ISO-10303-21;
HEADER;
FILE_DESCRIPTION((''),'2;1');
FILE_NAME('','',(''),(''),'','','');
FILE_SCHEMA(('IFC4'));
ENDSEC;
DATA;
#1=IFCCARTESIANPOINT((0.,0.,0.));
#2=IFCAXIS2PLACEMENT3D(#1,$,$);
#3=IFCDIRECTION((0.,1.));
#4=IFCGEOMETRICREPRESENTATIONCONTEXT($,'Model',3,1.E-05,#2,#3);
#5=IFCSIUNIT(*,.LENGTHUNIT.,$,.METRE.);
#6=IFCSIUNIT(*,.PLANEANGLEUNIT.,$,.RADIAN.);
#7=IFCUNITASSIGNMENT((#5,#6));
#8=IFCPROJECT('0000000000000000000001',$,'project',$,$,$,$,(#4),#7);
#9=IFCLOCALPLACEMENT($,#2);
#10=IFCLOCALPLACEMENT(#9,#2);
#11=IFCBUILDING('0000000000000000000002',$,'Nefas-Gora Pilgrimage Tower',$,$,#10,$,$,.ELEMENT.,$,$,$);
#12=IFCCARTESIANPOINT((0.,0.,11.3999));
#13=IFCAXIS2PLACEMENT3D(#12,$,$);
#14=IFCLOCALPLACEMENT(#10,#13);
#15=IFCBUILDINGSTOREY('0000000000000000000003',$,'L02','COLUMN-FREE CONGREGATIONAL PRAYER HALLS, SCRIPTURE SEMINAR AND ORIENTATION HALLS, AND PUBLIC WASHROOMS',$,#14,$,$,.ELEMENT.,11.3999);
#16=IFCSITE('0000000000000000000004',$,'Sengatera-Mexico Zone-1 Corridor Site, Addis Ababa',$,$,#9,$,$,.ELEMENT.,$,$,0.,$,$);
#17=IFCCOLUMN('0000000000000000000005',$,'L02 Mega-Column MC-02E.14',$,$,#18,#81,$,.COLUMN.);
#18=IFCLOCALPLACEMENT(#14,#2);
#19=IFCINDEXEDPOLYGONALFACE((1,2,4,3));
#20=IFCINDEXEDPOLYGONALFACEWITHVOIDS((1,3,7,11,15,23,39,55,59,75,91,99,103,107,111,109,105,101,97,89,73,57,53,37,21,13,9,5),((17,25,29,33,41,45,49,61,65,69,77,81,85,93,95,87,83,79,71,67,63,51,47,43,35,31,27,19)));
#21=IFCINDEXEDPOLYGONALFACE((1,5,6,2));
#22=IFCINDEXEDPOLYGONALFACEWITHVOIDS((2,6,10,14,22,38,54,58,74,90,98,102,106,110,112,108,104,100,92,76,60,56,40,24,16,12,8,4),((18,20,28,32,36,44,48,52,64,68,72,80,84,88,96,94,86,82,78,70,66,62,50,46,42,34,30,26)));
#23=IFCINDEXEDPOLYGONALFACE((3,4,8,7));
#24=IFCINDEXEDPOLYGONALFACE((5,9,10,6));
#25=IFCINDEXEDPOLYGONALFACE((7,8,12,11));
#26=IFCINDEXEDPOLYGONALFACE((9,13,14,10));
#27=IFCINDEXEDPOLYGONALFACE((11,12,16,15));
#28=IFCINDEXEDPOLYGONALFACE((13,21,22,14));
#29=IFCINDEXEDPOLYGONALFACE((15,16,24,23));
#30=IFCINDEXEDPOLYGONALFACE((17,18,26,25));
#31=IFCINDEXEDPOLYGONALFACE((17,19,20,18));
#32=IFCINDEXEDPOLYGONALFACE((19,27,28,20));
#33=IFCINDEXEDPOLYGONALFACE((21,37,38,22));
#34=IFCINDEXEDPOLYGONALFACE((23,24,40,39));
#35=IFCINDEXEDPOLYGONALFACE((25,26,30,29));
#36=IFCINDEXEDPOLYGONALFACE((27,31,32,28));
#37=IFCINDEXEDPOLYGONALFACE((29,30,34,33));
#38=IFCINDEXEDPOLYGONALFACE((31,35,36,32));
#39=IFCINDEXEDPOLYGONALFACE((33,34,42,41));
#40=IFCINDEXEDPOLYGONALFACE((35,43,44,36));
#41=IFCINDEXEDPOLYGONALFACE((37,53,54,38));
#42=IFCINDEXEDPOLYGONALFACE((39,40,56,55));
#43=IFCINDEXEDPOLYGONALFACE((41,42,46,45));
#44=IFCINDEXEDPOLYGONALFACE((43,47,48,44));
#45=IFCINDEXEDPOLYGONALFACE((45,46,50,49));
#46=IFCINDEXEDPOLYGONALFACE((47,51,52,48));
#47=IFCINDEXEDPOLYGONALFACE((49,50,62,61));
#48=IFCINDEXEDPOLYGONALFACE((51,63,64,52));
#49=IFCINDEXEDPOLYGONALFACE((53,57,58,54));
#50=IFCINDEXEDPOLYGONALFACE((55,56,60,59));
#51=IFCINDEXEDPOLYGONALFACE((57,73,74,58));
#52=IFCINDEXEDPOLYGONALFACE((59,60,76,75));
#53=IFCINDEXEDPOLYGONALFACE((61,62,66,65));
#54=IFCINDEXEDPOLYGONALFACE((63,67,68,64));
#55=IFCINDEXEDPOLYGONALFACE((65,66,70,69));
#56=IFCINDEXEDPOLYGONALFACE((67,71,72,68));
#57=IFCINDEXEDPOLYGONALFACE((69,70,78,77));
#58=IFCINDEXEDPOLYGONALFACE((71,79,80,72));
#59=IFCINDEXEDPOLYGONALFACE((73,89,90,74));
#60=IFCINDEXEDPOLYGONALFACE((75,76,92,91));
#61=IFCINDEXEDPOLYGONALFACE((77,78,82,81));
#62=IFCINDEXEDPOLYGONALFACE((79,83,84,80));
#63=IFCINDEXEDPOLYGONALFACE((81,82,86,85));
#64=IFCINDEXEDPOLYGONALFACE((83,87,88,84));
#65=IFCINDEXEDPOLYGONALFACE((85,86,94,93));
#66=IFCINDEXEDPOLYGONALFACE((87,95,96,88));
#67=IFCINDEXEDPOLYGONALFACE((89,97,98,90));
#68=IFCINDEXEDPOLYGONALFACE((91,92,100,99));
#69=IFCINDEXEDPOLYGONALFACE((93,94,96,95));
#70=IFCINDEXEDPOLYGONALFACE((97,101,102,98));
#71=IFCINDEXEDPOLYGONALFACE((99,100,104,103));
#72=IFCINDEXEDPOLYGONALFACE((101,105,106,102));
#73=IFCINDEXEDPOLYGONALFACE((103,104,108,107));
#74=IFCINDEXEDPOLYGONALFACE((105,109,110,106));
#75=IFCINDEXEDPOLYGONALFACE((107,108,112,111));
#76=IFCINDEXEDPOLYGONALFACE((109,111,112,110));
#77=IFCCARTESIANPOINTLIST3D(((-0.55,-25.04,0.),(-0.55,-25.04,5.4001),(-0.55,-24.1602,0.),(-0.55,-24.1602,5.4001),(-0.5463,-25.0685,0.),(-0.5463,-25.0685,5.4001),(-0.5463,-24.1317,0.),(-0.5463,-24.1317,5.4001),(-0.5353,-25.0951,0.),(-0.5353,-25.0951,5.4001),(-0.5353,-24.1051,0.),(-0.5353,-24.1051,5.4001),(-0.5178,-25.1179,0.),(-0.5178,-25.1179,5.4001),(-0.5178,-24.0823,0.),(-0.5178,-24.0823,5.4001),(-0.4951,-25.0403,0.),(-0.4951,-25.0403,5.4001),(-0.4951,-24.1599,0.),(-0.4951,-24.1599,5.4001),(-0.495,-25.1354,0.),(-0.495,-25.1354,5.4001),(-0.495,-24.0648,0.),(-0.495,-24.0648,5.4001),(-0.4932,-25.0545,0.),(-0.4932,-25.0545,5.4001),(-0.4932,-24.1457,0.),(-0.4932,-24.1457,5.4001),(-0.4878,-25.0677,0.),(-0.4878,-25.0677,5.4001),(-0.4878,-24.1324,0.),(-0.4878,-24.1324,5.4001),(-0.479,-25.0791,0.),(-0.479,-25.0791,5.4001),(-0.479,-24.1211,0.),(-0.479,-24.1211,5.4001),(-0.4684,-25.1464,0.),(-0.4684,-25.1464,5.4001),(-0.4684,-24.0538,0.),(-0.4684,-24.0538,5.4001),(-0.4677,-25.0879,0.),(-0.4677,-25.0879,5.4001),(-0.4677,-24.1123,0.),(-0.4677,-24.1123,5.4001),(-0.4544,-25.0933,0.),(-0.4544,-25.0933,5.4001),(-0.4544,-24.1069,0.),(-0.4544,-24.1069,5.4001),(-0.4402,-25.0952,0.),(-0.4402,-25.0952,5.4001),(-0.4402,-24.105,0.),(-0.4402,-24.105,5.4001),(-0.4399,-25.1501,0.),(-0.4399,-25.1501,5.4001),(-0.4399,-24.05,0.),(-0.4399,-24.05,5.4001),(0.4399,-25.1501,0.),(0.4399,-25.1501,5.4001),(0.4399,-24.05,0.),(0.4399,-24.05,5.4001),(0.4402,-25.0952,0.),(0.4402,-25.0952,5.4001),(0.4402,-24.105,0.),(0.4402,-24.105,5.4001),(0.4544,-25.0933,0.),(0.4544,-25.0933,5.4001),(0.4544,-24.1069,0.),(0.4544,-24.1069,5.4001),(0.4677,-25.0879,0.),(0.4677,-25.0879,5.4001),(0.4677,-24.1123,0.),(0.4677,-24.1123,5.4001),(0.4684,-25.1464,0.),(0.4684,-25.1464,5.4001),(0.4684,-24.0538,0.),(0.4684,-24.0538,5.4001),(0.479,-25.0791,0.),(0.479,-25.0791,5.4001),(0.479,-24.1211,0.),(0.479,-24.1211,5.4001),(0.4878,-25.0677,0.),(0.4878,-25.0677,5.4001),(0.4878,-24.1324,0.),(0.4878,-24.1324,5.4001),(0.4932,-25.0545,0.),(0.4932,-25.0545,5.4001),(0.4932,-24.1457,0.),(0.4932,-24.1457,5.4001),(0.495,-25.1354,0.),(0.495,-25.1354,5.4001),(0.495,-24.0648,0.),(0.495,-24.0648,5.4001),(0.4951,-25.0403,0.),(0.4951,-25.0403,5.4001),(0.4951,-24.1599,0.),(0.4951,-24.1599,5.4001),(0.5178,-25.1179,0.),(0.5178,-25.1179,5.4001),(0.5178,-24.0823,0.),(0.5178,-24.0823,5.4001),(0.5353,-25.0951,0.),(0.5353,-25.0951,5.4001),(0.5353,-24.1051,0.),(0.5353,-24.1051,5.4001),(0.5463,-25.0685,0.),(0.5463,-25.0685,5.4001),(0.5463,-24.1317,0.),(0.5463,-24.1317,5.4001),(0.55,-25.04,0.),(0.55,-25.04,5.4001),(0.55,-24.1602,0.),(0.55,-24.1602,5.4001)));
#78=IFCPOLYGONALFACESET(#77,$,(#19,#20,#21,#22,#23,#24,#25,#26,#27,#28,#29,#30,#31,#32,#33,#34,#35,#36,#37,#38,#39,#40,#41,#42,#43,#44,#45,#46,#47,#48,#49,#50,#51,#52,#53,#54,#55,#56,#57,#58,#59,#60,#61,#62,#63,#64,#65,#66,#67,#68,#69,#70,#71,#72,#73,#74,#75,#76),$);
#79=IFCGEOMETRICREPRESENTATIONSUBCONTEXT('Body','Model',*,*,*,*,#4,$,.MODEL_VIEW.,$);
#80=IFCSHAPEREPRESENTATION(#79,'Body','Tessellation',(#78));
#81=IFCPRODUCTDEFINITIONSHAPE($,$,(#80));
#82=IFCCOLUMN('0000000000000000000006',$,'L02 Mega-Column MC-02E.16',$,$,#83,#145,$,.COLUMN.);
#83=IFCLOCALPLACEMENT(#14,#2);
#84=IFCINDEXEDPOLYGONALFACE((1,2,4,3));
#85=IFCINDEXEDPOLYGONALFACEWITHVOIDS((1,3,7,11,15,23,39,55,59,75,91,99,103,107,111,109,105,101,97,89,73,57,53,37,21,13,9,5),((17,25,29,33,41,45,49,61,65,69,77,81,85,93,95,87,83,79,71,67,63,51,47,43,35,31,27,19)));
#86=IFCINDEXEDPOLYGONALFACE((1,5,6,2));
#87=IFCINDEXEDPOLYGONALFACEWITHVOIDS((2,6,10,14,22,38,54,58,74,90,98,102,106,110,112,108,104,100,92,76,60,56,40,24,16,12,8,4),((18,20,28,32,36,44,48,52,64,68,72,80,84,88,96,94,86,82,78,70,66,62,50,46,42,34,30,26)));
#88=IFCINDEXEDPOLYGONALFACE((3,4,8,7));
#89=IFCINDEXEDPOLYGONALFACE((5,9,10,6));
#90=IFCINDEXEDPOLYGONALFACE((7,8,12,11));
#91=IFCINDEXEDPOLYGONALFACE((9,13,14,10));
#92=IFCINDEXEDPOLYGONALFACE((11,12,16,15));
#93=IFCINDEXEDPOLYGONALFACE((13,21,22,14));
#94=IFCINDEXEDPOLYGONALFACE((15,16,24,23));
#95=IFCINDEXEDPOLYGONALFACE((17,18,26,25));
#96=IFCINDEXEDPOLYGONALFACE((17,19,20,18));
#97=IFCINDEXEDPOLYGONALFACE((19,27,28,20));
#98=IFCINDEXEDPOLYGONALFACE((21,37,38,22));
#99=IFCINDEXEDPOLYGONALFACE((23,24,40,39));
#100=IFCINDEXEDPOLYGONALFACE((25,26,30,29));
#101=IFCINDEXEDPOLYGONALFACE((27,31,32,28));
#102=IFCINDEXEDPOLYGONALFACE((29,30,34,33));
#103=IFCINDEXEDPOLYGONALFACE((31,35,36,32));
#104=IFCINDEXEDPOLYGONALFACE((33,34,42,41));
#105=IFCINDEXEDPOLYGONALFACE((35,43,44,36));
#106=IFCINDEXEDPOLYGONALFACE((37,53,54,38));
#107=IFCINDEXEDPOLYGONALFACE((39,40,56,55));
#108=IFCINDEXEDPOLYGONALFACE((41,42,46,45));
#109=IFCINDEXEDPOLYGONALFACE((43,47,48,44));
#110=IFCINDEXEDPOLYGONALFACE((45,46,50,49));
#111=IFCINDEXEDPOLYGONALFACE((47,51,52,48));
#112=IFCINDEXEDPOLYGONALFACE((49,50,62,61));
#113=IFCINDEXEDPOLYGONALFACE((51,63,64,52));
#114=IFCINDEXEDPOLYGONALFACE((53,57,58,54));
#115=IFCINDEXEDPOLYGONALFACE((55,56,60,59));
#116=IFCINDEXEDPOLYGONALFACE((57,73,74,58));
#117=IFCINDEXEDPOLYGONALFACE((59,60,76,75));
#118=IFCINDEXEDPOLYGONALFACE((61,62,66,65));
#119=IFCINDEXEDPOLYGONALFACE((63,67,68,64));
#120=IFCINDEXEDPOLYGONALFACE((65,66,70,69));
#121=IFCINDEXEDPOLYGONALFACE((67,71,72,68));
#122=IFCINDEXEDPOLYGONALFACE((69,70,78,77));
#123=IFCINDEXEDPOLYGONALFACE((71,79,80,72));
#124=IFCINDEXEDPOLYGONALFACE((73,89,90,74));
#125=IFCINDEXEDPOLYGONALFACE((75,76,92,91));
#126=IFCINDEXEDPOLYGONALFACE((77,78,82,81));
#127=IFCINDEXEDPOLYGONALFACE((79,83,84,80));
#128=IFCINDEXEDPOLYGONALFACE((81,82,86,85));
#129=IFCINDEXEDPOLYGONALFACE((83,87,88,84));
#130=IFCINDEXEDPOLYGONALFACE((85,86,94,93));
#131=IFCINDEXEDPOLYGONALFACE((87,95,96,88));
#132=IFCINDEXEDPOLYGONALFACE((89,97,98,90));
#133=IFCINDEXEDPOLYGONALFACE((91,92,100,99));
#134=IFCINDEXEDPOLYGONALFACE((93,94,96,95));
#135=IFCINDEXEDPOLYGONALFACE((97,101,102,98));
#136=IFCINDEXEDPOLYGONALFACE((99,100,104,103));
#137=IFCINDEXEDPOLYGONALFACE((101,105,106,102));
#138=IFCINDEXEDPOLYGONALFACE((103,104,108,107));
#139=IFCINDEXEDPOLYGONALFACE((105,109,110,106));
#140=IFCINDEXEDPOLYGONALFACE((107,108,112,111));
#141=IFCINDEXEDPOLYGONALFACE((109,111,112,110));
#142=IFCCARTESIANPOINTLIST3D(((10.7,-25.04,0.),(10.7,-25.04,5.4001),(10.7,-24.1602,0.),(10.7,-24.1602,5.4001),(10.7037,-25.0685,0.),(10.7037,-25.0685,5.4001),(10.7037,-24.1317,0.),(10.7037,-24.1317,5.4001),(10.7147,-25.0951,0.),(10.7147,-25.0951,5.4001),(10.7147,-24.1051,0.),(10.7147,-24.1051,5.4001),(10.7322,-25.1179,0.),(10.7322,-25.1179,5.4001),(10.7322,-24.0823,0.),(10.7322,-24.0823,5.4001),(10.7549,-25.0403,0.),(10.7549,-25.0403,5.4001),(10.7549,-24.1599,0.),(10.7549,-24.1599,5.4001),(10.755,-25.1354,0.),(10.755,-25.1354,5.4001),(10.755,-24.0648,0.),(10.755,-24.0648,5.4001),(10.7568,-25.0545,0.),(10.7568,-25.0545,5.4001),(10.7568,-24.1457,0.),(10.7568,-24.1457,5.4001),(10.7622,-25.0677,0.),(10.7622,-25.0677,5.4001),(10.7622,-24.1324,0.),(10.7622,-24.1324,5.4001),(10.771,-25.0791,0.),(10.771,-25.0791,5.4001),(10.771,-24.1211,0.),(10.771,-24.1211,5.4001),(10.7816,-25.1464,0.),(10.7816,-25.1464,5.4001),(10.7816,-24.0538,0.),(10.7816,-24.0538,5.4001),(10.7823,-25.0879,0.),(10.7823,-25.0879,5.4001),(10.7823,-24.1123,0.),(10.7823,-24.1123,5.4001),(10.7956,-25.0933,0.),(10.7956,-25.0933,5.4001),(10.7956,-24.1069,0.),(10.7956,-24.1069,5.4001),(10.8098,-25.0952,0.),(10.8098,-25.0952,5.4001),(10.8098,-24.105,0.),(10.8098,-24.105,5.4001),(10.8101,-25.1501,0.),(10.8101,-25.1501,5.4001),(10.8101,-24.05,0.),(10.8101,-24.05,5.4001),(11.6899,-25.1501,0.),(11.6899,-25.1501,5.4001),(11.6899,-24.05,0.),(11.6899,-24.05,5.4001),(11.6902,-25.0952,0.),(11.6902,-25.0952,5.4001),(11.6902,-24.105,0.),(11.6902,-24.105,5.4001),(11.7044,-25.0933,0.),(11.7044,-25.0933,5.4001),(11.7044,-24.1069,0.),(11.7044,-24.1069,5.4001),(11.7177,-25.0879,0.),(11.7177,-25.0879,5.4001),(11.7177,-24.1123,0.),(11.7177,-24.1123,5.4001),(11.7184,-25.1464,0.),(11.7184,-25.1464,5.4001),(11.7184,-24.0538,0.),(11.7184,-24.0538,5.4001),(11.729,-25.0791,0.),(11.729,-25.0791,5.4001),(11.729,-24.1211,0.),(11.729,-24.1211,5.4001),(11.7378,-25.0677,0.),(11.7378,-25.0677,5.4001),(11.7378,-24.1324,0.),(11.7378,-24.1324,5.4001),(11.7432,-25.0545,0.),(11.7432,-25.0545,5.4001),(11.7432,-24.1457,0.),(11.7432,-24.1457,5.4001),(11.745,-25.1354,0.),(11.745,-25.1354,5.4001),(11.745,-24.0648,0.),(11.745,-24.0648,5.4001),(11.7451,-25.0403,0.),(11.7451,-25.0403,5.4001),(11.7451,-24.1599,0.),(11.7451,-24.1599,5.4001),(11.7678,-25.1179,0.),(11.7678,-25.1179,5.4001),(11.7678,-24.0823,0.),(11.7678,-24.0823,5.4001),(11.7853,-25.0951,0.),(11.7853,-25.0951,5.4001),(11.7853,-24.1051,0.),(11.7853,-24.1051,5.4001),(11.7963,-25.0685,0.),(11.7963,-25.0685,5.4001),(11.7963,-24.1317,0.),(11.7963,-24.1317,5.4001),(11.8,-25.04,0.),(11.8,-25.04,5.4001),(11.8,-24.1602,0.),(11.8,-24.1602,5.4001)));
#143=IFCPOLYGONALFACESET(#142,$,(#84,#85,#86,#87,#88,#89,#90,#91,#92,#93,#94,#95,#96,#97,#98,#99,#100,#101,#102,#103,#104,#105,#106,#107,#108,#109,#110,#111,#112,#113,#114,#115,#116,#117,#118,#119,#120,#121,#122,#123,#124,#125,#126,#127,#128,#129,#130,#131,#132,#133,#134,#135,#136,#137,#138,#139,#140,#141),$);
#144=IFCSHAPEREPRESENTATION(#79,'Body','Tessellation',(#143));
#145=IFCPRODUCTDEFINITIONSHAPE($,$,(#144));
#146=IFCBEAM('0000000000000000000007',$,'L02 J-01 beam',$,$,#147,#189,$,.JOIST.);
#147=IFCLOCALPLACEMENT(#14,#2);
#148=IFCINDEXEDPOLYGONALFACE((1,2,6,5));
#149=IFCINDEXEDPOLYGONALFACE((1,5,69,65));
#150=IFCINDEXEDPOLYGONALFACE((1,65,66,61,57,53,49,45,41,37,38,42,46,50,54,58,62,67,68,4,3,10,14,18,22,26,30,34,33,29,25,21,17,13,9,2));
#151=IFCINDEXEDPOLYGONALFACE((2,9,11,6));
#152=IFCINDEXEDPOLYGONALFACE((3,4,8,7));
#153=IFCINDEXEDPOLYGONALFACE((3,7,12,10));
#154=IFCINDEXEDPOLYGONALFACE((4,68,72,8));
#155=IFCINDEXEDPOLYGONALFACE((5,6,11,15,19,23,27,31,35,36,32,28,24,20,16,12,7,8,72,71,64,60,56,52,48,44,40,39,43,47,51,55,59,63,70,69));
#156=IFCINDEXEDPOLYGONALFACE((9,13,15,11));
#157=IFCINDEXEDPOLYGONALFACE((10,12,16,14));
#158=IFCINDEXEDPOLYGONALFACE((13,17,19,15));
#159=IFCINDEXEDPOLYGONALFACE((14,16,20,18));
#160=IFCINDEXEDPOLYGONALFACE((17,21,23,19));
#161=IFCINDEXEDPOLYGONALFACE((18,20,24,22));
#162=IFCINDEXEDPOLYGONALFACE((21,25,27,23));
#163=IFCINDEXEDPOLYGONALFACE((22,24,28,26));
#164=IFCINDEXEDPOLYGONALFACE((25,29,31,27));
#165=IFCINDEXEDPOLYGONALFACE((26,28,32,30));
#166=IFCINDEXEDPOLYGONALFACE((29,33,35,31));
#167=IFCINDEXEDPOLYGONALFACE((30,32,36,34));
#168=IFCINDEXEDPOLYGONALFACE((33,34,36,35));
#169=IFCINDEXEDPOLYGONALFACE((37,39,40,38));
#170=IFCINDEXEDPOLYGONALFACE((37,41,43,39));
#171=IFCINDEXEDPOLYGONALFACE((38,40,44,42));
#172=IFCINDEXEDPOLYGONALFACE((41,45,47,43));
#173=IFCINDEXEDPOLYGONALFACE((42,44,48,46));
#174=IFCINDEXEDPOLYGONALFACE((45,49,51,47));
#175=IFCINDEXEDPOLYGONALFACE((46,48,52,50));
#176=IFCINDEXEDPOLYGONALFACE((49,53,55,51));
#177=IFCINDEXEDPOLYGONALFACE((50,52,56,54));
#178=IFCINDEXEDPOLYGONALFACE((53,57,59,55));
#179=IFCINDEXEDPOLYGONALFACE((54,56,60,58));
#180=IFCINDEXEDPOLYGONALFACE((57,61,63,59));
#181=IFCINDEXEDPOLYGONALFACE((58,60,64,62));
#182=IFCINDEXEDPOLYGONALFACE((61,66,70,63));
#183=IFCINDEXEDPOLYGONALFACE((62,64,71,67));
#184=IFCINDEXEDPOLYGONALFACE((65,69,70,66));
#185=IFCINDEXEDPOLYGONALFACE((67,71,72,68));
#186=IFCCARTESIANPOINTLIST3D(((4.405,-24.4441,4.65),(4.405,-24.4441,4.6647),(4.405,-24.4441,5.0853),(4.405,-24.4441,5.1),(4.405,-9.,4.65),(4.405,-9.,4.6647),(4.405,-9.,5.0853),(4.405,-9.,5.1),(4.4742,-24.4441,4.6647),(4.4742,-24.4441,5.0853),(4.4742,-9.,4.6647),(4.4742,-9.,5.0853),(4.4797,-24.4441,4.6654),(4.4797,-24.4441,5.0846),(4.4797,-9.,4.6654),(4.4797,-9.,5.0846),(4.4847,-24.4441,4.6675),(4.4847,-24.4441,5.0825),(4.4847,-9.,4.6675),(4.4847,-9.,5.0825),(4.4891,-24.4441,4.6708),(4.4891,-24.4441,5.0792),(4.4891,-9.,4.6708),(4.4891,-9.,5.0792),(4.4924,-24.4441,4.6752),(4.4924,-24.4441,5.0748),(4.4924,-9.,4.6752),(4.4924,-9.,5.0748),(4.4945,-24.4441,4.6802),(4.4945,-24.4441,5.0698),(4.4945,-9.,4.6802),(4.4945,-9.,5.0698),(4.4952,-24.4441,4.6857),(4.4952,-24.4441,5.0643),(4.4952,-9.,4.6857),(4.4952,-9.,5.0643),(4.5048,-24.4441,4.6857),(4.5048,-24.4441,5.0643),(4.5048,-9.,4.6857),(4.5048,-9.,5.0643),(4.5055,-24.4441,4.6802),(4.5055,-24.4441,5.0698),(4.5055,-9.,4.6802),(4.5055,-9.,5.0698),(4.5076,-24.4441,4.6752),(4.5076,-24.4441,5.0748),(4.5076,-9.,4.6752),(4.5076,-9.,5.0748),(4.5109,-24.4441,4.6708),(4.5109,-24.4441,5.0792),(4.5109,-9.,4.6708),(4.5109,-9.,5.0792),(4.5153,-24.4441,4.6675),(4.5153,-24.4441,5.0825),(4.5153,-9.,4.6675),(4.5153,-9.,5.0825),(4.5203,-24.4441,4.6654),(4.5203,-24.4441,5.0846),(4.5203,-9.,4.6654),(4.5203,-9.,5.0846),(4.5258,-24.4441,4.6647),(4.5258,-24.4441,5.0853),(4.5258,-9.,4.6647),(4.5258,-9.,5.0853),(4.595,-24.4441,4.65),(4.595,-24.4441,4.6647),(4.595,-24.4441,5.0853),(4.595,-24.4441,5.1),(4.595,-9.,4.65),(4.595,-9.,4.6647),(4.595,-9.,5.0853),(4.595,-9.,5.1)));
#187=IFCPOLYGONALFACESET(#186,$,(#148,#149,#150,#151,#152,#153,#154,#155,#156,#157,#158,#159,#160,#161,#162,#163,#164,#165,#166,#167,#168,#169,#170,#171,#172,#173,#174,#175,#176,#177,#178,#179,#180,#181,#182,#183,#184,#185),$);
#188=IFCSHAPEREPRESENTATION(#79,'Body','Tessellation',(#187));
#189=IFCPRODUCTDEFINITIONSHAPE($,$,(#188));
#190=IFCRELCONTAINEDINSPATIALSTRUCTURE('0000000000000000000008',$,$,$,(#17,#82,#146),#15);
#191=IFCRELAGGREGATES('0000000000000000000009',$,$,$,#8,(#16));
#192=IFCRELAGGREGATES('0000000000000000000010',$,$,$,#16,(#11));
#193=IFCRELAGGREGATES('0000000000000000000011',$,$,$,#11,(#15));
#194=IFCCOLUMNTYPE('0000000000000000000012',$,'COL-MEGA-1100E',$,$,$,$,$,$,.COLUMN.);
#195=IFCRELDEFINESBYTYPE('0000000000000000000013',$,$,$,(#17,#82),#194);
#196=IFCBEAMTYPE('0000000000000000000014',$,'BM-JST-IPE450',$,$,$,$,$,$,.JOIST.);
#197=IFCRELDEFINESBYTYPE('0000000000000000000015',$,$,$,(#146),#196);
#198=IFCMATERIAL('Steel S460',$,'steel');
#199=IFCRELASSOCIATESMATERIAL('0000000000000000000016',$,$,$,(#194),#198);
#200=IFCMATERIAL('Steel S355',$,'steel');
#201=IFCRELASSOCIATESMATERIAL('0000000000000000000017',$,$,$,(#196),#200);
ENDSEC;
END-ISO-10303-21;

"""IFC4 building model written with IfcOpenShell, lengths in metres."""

from ifc_helpers import new_model, si_unit, direction, frame, origin, origin_2d, place, context, subcontext, project, spatial, hollow_rectangle, i_section, extrude, source, transform, mapped, material, material_profile, profile_set, type_object, element, save


model = new_model("IFC4")

# Units and contexts
model_context = context("Model", 3, precision=1e-05, world=origin(), true_north=direction((0.0, 1.0)))
body_context = subcontext(model_context, "Body", "Model", "MODEL_VIEW")
ifc_project = project(units=[si_unit("LENGTHUNIT", "METRE"), si_unit("PLANEANGLEUNIT", "RADIAN")], contexts=[model_context])

# Site, building, storey
site_placement = place(None, origin())
site = spatial("IfcSite", under=ifc_project, at=site_placement, Name="Sengatera-Mexico Zone-1 Corridor Site, Addis Ababa", CompositionType="ELEMENT", RefElevation=0.0)
building_placement = place(site_placement, origin())
building = spatial("IfcBuilding", under=site, at=building_placement, Name="Nefas-Gora Pilgrimage Tower", CompositionType="ELEMENT")
storey_placement = place(building_placement, frame((0.0, 0.0, 11.3999)))
storey = spatial("IfcBuildingStorey", under=building, at=storey_placement, Name="L02", Description="COLUMN-FREE CONGREGATIONAL PRAYER HALLS, SCRIPTURE SEMINAR AND ORIENTATION HALLS, AND PUBLIC WASHROOMS", CompositionType="ELEMENT", Elevation=11.3999)

# Columns
ifc_material_1 = material(Name="Steel S460", Category="steel")
ifc_material_profile_1 = material_profile(ifc_material_1, hollow_rectangle(XDim=1.1001, YDim=1.1001, WallThickness=0.0549, InnerFilletRadius=0.0549, OuterFilletRadius=0.1101, at=origin_2d()), Name="BOX 1100x1100x55")
ifc_profile_set_1 = profile_set([ifc_material_profile_1], Name="Steel S460")
column_type = type_object("IfcColumnType", Name="COL-MEGA-1100E", PredefinedType="COLUMN", material=ifc_profile_set_1)
shared_shape_1 = source(origin(), body_context, "Body", "SweptSolid", [
    extrude(hollow_rectangle(XDim=1.1001, YDim=1.1001, WallThickness=0.0549, InnerFilletRadius=0.0549, OuterFilletRadius=0.1101, at=origin_2d()), origin(), (0.0, 0.0, 1.0), 5.4001),
])
for number, where, z_axis, x_axis, name in (
    (1, (0.0, -24.6001, 0.0), (0.0, 0.0, 1.0), (1.0, 0.0, 0.0), "L02 Mega-Column MC-02E.14"),
    (2, (11.25, -24.6001, 0.0), (0.0, 0.0, 1.0), (1.0, 0.0, 0.0), "L02 Mega-Column MC-02E.16"),
):
    element("IfcColumn", number, at=place(storey_placement, frame(where, z_axis=z_axis, x_axis=x_axis)), inside=storey, type_object=column_type, Name=name, PredefinedType="COLUMN", context=body_context, shape_type="MappedRepresentation", body=[
        mapped(shared_shape_1, transform((0.0, 0.0, 0.0), x_axis=(1.0, 0.0, 0.0), y_axis=(0.0, 1.0, 0.0), z_axis=(0.0, 0.0, 1.0), scale=1.0)),
    ])

# Beam
ifc_material_2 = material(Name="Steel S355", Category="steel")
ifc_material_profile_2 = material_profile(ifc_material_2, i_section(OverallWidth=0.1899, OverallDepth=0.45, WebThickness=0.0095, FlangeThickness=0.0146, FilletRadius=0.021, at=origin_2d()), Name="IPE 450")
ifc_profile_set_2 = profile_set([ifc_material_profile_2], Name="Steel S355")
beam_type_1 = type_object("IfcBeamType", Name="BM-JST-IPE450", PredefinedType="JOIST", material=ifc_profile_set_2)
shared_shape_2 = source(origin(), body_context, "Body", "SweptSolid", [
    extrude(i_section(OverallWidth=0.1899, OverallDepth=0.45, WebThickness=0.0095, FlangeThickness=0.0146, FilletRadius=0.021, at=origin_2d()), origin(), (0.0, 0.0, 1.0), 15.4441),
])
beam_1_placement = place(storey_placement, frame((4.5, -24.4441, 4.875), z_axis=(0.0, 1.0, 0.0), x_axis=(-1.0, 0.0, 0.0)))
element("IfcBeam", 3, at=beam_1_placement, inside=storey, type_object=beam_type_1, Name="L02 J-01 beam", PredefinedType="JOIST", context=body_context, shape_type="MappedRepresentation", body=[
    mapped(shared_shape_2, transform((0.0, 0.0, 0.0), x_axis=(1.0, 0.0, 0.0), y_axis=(0.0, 1.0, 0.0), z_axis=(0.0, 0.0, 1.0), scale=1.0)),
])

save(model, "model.ifc")
